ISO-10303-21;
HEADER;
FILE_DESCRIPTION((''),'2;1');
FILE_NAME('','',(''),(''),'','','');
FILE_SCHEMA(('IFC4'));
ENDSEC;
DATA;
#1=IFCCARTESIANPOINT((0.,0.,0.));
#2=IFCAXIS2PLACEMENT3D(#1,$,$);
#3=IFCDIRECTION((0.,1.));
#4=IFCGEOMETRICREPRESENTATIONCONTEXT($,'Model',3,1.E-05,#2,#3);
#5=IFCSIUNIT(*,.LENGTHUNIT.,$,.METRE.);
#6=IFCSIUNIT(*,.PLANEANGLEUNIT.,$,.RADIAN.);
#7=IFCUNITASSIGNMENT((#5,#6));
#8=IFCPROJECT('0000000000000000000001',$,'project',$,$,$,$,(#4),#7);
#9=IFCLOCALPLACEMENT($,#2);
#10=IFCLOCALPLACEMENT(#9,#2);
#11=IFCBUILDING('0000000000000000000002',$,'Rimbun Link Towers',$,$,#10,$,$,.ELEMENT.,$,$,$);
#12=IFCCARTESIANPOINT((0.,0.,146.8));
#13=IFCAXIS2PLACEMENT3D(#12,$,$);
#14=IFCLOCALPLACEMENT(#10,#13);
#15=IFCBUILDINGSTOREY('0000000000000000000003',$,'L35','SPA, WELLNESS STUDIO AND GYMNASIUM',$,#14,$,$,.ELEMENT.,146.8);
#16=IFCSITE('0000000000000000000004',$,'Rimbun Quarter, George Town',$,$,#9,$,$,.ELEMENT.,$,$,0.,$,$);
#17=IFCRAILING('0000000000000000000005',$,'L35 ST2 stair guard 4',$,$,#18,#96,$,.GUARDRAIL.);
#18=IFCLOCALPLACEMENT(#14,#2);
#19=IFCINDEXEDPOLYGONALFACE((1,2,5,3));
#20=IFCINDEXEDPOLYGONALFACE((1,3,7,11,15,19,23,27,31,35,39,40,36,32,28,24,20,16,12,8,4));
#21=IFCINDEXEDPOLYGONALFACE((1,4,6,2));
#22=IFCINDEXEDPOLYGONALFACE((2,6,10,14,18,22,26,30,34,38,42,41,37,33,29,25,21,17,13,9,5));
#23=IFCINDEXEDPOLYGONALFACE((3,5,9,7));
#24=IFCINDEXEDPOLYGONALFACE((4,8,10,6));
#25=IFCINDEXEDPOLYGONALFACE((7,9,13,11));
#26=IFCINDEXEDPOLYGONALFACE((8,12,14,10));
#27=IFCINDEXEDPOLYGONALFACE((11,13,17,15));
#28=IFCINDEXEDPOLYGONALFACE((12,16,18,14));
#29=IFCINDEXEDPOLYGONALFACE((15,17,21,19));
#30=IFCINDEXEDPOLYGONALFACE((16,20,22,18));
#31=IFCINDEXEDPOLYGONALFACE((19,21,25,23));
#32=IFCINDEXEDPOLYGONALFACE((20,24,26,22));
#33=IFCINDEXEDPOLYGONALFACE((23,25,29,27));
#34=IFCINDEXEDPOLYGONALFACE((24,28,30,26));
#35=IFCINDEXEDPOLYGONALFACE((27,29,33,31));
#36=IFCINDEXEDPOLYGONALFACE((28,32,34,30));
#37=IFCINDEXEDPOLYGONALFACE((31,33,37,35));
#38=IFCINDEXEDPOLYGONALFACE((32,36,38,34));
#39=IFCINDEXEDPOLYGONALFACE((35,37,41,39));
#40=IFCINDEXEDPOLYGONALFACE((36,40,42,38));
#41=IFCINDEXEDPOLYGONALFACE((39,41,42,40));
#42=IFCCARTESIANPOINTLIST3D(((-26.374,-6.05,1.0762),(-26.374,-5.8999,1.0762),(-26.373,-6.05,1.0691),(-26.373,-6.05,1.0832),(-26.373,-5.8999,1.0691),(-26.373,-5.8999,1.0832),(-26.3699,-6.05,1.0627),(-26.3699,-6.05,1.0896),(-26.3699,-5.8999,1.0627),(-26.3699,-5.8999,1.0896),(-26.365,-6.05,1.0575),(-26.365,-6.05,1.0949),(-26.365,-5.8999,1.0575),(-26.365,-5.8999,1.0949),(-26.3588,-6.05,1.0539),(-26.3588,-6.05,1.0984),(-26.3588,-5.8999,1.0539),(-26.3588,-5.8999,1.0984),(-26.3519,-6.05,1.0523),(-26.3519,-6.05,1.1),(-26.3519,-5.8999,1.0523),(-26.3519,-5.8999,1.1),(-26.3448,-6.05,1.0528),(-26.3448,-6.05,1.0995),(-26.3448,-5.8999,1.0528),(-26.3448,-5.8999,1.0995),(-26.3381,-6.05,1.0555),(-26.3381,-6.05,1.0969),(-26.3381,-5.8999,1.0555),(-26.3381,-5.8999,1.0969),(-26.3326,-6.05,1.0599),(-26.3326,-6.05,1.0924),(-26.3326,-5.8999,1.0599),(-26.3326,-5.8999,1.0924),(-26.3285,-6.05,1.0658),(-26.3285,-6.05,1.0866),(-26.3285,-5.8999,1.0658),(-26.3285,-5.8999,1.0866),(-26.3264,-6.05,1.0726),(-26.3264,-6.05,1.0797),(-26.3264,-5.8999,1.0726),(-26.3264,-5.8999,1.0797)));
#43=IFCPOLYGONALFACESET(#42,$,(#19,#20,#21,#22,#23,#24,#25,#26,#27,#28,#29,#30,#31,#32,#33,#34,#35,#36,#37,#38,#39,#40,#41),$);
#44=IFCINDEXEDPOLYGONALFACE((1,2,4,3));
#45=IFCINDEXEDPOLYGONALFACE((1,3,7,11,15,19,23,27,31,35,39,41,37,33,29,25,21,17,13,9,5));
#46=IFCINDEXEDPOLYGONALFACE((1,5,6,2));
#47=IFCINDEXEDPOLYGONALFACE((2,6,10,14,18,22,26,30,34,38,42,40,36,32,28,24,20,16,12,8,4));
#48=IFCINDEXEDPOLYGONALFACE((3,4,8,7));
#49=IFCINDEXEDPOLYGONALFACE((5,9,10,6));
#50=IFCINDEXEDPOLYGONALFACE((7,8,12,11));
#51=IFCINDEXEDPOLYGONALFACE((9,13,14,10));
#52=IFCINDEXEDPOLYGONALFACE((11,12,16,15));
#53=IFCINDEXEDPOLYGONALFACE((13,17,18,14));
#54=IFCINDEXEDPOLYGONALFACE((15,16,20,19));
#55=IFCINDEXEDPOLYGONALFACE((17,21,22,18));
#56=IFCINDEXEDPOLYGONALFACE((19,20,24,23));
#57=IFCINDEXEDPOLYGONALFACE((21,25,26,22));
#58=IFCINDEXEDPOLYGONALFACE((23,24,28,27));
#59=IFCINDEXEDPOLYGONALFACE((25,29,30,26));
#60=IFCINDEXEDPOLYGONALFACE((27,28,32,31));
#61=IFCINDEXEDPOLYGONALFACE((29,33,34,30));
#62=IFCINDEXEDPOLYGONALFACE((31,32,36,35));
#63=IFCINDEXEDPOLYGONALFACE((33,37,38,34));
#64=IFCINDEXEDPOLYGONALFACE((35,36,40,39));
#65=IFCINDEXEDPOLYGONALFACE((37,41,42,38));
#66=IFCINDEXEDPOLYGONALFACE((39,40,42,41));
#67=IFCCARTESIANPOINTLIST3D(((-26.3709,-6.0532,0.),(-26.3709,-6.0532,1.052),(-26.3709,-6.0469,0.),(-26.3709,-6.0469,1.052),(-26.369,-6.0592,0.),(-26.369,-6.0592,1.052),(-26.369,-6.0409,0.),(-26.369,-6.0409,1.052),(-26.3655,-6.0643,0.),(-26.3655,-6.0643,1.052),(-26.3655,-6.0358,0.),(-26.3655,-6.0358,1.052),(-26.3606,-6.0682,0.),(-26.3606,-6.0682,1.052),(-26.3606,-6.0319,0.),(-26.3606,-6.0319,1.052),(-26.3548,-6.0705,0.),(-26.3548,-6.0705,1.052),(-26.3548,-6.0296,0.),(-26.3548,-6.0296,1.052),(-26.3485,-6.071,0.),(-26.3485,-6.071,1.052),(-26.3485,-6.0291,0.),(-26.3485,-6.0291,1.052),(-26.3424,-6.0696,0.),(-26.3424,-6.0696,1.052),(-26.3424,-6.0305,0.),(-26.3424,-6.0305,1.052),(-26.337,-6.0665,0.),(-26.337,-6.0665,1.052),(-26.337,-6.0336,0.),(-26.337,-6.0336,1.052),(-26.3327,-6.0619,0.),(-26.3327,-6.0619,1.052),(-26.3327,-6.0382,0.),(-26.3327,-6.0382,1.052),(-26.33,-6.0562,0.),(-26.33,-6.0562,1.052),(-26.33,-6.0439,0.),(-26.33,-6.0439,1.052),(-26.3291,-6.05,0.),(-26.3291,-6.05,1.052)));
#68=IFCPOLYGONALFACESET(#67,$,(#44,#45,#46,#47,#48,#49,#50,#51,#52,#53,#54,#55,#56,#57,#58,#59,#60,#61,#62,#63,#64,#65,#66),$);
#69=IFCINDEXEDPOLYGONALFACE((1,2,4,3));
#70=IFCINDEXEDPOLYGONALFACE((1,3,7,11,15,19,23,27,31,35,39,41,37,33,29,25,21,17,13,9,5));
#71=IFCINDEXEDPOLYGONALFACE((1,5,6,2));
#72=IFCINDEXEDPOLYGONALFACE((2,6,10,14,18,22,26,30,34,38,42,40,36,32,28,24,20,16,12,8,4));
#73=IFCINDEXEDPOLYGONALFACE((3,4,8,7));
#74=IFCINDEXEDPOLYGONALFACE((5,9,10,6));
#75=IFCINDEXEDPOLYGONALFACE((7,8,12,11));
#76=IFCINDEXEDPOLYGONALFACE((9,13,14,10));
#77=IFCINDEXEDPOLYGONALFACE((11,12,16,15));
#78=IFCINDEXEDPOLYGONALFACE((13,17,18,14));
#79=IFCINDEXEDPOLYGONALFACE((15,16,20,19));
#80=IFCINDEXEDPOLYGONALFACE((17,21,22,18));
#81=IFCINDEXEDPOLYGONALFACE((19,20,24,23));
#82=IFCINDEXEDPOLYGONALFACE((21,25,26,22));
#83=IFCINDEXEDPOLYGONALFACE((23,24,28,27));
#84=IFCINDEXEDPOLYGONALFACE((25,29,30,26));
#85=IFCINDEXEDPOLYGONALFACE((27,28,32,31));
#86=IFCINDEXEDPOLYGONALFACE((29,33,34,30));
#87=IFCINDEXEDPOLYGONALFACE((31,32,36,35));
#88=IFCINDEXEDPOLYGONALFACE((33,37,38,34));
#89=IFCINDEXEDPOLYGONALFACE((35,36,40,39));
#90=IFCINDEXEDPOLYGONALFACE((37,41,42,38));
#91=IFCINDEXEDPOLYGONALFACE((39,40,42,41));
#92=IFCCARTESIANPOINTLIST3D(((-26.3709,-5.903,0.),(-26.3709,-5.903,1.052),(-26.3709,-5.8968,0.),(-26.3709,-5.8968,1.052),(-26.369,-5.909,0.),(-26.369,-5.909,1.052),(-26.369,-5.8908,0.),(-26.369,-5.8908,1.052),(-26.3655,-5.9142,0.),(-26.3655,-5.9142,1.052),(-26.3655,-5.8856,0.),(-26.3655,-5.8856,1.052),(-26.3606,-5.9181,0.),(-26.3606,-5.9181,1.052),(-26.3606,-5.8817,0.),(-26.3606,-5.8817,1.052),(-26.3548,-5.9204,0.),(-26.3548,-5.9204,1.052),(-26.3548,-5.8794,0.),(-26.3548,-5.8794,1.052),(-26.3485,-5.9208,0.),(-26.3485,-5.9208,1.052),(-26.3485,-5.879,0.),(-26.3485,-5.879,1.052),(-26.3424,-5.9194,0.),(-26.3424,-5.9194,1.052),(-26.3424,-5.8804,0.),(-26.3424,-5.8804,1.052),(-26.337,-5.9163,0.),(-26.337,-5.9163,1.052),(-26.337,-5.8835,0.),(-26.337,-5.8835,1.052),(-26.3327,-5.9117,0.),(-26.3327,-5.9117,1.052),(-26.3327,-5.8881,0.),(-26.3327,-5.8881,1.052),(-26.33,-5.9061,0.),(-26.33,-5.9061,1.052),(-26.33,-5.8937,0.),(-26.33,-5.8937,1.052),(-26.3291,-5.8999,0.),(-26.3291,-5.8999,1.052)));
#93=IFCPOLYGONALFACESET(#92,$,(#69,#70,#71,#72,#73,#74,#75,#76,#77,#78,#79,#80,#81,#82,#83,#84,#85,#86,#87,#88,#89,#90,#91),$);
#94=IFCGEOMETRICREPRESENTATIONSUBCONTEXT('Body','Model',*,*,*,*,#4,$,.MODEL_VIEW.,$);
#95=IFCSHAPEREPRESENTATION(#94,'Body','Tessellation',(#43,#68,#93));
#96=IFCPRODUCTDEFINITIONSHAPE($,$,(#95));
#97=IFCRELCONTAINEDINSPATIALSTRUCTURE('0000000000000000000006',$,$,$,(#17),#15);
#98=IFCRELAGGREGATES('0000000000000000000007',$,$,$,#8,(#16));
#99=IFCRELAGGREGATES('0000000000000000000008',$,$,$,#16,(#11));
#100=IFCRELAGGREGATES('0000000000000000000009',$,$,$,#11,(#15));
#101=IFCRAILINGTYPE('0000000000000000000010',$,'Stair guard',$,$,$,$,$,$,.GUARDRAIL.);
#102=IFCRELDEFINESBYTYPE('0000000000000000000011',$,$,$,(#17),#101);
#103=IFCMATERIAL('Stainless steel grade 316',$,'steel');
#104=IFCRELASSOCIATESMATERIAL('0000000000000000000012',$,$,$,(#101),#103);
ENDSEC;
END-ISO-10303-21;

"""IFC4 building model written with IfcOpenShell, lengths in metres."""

from ifc_helpers import new_model, si_unit, direction, frame, origin, origin_2d, place, context, subcontext, project, spatial, circle, extrude, material, type_object, element, save


model = new_model("IFC4")

# Units and contexts
model_context = context("Model", 3, precision=1e-05, world=origin(), true_north=direction((0.0, 1.0)))
body_context = subcontext(model_context, "Body", "Model", "MODEL_VIEW")
ifc_project = project(units=[si_unit("LENGTHUNIT", "METRE"), si_unit("PLANEANGLEUNIT", "RADIAN")], contexts=[model_context])

# Site, building, storey
site_placement = place(None, origin())
site = spatial("IfcSite", under=ifc_project, at=site_placement, Name="Rimbun Quarter, George Town", CompositionType="ELEMENT", RefElevation=0.0)
building_placement = place(site_placement, origin())
building = spatial("IfcBuilding", under=site, at=building_placement, Name="Rimbun Link Towers", CompositionType="ELEMENT")
storey_placement = place(building_placement, frame((0.0, 0.0, 146.8)))
storey = spatial("IfcBuildingStorey", under=building, at=storey_placement, Name="L35", Description="SPA, WELLNESS STUDIO AND GYMNASIUM", CompositionType="ELEMENT", Elevation=146.8)

# Railing
ifc_material_1 = material(Name="Stainless steel grade 316", Category="steel")
railing_type_1 = type_object("IfcRailingType", Name="Stair guard", PredefinedType="GUARDRAIL", material=ifc_material_1)
railing_1_placement = place(storey_placement, frame((-26.3501, -6.05, 0.0)))
element("IfcRailing", 1, at=railing_1_placement, inside=storey, type_object=railing_type_1, Name="L35 ST2 stair guard 4", PredefinedType="GUARDRAIL", context=body_context, shape_type="SweptSolid", body=[
    extrude(circle(Radius=0.0239, at=origin_2d()), frame((0.0, 0.0, 1.0762), z_axis=(0.0, 1.0, 0.0), x_axis=(-1.0, 0.0, 0.0)), (0.0, 0.0, 1.0), 0.1501),
    extrude(circle(Radius=0.021, at=origin_2d()), origin(), (0.0, 0.0, 1.0), 1.052),
    extrude(circle(Radius=0.021, at=origin_2d()), frame((0.0, 0.1501, 0.0)), (0.0, 0.0, 1.0), 1.052),
])

save(model, "model.ifc")
